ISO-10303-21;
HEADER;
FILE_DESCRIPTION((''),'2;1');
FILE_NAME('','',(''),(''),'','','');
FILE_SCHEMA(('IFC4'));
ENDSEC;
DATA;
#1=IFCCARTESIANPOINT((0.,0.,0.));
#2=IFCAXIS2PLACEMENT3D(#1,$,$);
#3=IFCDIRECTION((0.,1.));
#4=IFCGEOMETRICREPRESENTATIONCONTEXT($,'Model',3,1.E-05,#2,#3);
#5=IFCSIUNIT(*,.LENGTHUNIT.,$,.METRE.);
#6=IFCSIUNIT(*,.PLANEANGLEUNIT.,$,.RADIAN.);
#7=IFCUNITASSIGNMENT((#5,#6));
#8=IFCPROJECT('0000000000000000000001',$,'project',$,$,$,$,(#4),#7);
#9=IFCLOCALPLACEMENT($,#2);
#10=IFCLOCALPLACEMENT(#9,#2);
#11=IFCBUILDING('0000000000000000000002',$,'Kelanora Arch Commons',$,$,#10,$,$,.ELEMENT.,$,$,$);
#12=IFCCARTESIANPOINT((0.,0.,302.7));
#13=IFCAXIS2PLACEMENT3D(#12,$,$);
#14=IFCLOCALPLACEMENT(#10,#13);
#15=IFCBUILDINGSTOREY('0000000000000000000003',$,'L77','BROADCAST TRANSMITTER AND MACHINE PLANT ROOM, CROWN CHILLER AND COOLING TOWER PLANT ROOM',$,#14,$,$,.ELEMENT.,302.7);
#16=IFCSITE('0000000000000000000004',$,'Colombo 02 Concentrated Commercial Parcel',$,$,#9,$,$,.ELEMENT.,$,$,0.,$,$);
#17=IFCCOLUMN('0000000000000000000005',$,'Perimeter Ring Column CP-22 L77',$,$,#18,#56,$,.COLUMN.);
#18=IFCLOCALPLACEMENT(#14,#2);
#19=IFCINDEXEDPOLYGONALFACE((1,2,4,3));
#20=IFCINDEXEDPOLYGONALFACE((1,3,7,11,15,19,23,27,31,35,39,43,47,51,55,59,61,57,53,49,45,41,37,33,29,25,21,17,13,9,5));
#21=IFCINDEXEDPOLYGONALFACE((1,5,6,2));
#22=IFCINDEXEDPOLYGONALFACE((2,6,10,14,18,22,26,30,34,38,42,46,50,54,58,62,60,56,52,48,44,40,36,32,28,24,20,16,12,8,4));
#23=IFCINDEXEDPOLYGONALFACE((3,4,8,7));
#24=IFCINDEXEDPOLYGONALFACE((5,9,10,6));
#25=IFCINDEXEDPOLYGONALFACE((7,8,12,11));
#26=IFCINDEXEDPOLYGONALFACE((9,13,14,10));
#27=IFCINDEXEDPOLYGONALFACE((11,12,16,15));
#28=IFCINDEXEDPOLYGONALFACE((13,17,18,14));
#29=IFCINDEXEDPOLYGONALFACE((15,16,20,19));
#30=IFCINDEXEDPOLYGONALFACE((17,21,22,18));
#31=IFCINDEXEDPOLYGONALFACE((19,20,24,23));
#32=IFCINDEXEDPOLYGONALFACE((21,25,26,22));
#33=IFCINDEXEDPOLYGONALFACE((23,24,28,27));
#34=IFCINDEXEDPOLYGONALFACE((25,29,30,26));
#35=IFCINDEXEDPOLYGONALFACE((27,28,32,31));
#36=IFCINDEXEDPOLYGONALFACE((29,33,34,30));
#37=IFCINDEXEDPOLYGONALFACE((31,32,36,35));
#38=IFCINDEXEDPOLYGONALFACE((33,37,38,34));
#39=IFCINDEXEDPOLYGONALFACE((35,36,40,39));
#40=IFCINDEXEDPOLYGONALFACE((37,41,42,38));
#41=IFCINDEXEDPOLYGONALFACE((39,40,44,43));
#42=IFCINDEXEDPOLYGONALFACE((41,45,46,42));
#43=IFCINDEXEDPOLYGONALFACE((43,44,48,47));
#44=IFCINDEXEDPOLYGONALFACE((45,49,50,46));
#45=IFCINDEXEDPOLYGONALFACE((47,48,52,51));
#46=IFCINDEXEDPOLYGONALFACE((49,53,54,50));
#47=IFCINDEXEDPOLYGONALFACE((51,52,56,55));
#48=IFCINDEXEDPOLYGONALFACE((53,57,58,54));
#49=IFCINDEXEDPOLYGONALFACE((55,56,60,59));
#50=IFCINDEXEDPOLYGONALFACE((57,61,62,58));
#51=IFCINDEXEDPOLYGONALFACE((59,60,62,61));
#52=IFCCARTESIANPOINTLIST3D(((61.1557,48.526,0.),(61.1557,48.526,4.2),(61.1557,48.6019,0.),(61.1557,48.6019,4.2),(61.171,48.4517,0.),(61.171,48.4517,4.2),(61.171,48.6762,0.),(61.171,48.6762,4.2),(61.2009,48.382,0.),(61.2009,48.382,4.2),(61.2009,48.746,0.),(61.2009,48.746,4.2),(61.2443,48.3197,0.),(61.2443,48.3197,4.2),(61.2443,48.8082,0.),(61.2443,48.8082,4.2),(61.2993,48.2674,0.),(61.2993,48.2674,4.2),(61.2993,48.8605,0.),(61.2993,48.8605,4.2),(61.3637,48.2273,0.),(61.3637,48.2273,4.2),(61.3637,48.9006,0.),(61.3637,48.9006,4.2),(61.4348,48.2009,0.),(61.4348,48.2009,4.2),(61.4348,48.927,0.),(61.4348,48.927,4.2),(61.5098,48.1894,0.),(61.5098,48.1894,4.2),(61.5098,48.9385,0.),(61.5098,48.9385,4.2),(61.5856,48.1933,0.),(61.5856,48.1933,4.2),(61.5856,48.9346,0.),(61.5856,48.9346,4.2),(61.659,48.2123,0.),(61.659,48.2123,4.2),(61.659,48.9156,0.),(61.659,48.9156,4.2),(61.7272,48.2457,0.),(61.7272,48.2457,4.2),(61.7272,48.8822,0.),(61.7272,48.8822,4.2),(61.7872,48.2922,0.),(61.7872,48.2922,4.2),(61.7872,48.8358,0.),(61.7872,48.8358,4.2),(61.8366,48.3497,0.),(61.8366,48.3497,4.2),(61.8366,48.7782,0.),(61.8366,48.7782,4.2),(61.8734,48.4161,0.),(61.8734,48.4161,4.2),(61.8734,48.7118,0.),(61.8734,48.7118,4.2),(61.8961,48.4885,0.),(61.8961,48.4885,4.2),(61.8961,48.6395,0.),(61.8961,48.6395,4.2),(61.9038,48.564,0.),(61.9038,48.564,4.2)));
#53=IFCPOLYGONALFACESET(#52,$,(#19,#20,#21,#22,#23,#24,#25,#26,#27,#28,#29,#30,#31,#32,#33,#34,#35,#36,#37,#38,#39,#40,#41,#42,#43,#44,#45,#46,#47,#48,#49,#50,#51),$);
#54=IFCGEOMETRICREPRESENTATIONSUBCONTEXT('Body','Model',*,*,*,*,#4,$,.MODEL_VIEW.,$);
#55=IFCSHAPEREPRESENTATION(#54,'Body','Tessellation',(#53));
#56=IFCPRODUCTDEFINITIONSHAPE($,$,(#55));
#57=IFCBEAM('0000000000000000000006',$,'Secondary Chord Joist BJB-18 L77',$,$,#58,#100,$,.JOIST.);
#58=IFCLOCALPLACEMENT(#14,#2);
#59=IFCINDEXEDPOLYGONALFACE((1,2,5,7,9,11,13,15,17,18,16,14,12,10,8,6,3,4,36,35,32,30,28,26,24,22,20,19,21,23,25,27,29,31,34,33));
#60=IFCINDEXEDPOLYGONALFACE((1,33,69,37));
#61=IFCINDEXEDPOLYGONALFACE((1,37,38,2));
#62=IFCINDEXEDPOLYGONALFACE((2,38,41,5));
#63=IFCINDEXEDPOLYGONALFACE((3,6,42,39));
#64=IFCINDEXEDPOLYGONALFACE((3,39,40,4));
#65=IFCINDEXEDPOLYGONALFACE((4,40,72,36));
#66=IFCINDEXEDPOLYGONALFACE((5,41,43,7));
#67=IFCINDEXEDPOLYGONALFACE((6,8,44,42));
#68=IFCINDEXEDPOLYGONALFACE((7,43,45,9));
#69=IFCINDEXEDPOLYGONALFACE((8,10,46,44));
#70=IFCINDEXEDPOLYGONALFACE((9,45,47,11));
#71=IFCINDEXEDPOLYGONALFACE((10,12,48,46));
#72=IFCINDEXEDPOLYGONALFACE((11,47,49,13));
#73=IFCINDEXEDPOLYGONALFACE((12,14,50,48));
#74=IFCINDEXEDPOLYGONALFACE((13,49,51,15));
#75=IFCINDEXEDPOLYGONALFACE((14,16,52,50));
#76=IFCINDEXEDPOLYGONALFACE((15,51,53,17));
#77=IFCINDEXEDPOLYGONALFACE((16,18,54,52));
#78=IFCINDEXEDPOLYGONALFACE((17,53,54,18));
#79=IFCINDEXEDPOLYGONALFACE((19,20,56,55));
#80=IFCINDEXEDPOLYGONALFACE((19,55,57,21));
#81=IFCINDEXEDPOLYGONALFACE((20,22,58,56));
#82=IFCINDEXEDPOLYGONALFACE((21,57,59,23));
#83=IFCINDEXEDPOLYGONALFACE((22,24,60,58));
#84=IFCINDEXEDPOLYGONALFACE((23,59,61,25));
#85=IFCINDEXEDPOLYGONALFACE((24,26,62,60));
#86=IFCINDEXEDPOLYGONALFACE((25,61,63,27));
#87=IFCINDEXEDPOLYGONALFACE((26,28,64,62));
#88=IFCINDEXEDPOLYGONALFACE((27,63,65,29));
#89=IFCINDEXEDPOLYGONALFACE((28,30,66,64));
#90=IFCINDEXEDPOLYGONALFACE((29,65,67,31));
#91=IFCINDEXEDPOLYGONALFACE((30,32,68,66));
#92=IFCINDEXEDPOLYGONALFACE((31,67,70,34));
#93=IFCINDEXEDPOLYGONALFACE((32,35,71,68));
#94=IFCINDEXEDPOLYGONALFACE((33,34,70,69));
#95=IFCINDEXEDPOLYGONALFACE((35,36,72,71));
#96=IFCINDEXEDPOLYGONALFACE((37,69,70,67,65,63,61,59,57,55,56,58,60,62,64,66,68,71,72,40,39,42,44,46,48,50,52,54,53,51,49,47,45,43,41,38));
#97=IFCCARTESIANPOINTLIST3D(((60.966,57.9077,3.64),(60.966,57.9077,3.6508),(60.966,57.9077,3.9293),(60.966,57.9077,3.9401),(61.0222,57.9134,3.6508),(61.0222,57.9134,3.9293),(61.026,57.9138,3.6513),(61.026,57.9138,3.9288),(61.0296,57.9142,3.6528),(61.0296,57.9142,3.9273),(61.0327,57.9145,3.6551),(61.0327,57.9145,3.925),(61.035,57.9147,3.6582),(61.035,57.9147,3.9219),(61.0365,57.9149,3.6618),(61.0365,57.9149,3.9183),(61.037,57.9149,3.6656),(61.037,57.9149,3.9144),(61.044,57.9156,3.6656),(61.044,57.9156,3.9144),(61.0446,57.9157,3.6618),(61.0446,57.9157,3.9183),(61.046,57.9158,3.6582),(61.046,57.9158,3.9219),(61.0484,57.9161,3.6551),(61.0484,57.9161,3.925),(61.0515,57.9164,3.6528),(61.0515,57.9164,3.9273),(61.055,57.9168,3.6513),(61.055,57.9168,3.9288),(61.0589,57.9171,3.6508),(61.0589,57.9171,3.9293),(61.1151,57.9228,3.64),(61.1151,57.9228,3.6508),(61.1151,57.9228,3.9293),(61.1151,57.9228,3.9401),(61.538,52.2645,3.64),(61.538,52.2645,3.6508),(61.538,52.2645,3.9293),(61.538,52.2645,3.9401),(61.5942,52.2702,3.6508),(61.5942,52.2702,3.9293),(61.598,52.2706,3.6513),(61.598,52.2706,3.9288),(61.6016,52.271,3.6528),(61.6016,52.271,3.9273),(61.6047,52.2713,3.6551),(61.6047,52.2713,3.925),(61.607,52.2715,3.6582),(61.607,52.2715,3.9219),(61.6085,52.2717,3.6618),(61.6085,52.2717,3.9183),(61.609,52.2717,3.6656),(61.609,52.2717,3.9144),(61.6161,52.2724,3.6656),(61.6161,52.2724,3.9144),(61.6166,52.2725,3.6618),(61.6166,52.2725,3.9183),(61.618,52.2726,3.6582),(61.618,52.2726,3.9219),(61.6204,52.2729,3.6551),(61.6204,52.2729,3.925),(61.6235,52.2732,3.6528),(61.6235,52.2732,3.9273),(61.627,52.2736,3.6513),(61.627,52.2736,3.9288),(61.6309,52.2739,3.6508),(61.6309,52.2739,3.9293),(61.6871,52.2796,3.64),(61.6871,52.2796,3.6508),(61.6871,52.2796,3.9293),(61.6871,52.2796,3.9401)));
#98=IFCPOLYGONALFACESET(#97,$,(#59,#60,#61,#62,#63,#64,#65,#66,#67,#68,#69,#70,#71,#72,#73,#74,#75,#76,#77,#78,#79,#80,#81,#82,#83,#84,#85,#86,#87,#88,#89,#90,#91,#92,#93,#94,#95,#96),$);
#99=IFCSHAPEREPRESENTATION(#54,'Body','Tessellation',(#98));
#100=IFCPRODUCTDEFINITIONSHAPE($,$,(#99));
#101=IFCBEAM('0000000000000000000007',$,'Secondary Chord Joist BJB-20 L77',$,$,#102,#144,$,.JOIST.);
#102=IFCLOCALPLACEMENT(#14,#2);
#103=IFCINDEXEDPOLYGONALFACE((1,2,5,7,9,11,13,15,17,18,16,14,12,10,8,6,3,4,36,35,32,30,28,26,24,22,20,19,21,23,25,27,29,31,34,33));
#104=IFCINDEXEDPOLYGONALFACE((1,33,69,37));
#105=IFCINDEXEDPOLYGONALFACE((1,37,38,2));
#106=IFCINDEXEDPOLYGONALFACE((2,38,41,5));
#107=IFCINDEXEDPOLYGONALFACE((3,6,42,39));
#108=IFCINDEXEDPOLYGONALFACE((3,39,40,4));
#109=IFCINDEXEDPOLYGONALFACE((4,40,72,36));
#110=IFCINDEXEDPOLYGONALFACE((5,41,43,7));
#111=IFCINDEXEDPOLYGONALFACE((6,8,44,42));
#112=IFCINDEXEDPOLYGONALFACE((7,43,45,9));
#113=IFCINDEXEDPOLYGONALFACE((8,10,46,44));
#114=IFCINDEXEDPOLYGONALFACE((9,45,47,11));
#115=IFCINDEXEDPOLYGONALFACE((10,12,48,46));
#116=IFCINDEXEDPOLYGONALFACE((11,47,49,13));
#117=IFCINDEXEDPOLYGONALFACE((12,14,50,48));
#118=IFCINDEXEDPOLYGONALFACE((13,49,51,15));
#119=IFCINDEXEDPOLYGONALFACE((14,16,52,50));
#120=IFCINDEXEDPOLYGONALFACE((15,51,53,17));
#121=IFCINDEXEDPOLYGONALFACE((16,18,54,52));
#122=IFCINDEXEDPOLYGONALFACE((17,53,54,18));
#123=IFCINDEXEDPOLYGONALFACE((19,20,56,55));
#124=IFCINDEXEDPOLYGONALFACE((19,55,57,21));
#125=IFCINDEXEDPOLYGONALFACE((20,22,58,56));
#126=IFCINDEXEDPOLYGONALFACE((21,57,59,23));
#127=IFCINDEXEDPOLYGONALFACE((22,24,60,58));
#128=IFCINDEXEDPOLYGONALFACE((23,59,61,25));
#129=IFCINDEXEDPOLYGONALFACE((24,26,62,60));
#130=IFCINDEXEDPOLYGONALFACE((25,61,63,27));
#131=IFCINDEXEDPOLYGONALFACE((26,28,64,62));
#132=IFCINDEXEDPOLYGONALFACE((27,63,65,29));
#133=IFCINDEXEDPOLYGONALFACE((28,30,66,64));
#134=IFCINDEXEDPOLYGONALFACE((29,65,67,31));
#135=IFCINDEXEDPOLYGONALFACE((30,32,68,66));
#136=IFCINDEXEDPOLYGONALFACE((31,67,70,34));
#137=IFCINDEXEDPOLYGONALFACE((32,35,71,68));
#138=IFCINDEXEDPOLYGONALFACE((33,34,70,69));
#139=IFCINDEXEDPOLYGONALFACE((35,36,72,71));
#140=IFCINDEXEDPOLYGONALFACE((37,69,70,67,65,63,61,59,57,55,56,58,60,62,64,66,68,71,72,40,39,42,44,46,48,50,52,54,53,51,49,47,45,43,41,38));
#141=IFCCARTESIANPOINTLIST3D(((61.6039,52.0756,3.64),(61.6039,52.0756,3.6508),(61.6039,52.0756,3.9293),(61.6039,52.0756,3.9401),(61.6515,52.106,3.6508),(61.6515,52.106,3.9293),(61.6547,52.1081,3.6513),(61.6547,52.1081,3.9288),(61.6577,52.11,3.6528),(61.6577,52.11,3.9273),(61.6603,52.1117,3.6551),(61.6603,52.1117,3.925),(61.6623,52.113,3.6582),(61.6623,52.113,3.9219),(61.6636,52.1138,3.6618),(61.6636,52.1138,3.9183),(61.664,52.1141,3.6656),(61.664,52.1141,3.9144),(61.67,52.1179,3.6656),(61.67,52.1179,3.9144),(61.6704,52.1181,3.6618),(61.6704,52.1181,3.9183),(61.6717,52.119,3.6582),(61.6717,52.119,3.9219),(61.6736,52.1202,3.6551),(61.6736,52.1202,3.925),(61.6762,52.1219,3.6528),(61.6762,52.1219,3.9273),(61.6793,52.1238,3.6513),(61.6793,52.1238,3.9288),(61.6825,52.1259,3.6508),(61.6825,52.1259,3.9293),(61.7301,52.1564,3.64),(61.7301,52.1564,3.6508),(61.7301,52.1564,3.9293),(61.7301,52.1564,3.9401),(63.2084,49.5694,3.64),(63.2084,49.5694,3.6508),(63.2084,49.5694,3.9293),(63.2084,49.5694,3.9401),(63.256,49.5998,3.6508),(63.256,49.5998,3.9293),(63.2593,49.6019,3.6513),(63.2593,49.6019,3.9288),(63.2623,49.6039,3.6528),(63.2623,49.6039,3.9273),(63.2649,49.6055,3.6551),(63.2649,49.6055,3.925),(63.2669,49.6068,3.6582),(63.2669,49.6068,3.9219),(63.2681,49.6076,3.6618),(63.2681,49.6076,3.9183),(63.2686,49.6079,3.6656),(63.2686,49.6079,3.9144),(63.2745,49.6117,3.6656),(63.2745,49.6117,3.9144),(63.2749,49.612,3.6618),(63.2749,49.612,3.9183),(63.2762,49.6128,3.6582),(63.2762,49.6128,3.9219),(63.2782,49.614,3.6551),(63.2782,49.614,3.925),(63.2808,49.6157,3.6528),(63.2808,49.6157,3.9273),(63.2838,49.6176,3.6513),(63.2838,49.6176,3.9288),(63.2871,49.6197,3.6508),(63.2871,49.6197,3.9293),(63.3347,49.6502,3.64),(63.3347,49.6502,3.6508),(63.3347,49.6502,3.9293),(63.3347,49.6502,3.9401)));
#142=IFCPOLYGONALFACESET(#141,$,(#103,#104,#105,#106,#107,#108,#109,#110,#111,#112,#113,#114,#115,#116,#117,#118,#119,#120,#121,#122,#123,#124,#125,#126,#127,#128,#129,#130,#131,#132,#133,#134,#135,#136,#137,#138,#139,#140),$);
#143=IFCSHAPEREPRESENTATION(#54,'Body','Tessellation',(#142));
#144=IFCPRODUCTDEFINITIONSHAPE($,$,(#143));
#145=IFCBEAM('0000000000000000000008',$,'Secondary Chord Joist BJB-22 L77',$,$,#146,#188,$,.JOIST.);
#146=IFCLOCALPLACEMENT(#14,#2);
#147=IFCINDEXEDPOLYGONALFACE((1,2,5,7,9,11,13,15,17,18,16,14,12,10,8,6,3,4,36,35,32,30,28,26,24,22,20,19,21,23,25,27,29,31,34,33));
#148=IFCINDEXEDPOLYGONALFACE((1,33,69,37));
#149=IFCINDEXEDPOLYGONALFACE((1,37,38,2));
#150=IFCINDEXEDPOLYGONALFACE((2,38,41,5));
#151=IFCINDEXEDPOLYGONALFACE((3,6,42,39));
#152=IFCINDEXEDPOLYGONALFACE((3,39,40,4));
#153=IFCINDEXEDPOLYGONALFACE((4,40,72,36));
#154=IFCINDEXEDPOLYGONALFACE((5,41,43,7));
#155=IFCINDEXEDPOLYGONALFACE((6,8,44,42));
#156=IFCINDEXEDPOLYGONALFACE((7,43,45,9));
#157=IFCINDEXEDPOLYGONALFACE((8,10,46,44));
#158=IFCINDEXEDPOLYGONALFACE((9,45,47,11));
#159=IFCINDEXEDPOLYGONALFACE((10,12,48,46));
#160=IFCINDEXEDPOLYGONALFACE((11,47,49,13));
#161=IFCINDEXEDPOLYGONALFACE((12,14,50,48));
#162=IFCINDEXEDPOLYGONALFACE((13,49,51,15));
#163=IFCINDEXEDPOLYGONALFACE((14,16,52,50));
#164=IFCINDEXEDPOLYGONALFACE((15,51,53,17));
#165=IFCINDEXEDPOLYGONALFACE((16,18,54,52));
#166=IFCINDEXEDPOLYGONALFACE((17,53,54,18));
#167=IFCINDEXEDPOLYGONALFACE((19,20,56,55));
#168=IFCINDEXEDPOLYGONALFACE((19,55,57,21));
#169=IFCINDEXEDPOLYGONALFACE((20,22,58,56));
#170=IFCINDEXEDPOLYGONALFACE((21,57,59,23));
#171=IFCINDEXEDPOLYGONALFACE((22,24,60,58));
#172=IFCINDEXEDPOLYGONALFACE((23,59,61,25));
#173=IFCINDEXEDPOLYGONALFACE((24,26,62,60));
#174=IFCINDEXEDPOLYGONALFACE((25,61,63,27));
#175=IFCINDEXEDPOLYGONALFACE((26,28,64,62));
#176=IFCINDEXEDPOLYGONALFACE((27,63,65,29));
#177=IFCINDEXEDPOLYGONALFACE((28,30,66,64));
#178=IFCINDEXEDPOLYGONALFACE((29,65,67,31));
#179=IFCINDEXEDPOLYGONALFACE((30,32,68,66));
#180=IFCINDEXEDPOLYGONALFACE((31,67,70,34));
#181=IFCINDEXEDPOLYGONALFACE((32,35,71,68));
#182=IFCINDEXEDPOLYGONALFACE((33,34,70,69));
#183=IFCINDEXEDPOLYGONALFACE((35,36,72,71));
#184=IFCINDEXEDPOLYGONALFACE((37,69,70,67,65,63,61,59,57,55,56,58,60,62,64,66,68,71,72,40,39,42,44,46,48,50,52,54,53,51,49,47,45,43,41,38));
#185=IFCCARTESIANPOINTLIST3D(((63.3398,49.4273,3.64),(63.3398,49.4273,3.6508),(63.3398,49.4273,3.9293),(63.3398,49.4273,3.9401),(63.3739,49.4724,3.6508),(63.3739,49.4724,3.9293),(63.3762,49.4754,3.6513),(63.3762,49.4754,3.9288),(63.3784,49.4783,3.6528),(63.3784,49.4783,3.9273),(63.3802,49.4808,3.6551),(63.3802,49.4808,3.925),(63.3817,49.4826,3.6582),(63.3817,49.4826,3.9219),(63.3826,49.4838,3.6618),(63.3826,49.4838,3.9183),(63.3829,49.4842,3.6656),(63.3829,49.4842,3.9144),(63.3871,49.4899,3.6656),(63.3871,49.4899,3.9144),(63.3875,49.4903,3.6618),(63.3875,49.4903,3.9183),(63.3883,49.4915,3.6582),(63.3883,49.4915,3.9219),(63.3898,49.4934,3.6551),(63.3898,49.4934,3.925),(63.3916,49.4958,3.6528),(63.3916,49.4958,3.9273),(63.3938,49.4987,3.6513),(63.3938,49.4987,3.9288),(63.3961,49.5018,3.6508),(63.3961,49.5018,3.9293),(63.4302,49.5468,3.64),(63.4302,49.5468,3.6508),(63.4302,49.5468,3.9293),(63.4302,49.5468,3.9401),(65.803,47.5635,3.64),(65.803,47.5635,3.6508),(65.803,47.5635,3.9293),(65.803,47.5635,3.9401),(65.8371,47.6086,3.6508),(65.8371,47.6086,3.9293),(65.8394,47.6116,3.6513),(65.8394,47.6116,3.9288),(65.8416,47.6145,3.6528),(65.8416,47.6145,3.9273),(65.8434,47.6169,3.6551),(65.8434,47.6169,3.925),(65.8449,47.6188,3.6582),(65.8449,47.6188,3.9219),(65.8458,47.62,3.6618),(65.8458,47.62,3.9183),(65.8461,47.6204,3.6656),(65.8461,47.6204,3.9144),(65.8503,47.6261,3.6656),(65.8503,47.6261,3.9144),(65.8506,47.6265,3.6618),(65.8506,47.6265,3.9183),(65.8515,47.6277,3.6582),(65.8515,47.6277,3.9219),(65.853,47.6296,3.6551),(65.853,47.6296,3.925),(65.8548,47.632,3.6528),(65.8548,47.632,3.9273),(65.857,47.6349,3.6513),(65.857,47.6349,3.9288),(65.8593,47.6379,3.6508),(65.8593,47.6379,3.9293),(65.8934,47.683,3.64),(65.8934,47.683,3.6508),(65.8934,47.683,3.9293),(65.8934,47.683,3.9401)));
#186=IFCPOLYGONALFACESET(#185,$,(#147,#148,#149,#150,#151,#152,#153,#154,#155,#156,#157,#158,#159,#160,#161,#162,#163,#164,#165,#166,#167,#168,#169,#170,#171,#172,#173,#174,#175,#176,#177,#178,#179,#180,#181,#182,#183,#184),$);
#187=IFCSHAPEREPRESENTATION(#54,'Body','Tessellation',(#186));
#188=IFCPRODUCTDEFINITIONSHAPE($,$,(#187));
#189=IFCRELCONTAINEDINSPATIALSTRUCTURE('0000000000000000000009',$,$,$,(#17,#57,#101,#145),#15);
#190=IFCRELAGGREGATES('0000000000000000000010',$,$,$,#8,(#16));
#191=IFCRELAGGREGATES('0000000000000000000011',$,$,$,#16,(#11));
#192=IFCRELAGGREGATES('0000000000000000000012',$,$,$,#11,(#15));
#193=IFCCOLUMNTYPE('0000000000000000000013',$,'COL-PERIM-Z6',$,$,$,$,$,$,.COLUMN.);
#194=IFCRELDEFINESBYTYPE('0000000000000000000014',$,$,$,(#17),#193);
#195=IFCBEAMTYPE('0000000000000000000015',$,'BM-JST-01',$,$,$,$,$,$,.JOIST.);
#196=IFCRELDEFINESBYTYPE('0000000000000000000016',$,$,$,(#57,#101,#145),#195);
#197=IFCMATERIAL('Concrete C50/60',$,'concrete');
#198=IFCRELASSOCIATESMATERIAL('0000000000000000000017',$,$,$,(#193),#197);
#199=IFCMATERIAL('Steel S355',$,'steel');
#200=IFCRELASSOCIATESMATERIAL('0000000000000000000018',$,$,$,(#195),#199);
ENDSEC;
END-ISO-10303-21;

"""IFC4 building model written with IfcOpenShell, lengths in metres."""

from ifc_helpers import new_model, si_unit, direction, frame, origin, origin_2d, place, context, subcontext, project, spatial, circle, i_section, extrude, material, material_profile, profile_set, type_object, element, save


model = new_model("IFC4")

# Units and contexts
model_context = context("Model", 3, precision=1e-05, world=origin(), true_north=direction((0.0, 1.0)))
body_context = subcontext(model_context, "Body", "Model", "MODEL_VIEW")
ifc_project = project(units=[si_unit("LENGTHUNIT", "METRE"), si_unit("PLANEANGLEUNIT", "RADIAN")], contexts=[model_context])

# Site, building, storey
site_placement = place(None, origin())
site = spatial("IfcSite", under=ifc_project, at=site_placement, Name="Colombo 02 Concentrated Commercial Parcel", CompositionType="ELEMENT", RefElevation=0.0)
building_placement = place(site_placement, origin())
building = spatial("IfcBuilding", under=site, at=building_placement, Name="Kelanora Arch Commons", CompositionType="ELEMENT")
storey_placement = place(building_placement, frame((0.0, 0.0, 302.7)))
storey = spatial("IfcBuildingStorey", under=building, at=storey_placement, Name="L77", Description="BROADCAST TRANSMITTER AND MACHINE PLANT ROOM, CROWN CHILLER AND COOLING TOWER PLANT ROOM", CompositionType="ELEMENT", Elevation=302.7)

# Column
ifc_material_1 = material(Name="Concrete C50/60", Category="concrete")
ifc_material_profile_1 = material_profile(ifc_material_1, circle(Radius=0.375, at=origin_2d()), Name="RCC750")
ifc_profile_set_1 = profile_set([ifc_material_profile_1], Name="Concrete C50/60")
column_type = type_object("IfcColumnType", Name="COL-PERIM-Z6", PredefinedType="COLUMN", material=ifc_profile_set_1)
column_placement = place(storey_placement, frame((61.5288, 48.564, 0.0), z_axis=(0.0, 0.0, 1.0), x_axis=(1.0, 0.0, 0.0)))
element("IfcColumn", 1, at=column_placement, inside=storey, type_object=column_type, Name="Perimeter Ring Column CP-22 L77", PredefinedType="COLUMN", context=body_context, shape_type="SweptSolid", body=[
    extrude(circle(Radius=0.375, at=origin_2d()), origin(), (0.0, 0.0, 1.0), 4.2),
])

# Beams
ifc_material_2 = material(Name="Steel S355", Category="steel")
ifc_material_profile_2 = material_profile(ifc_material_2, i_section(OverallWidth=0.1499, OverallDepth=0.3, WebThickness=0.0071, FlangeThickness=0.0107, FilletRadius=0.0149, at=origin_2d()), Name="IPE300")
ifc_profile_set_2 = profile_set([ifc_material_profile_2], Name="Steel S355")
beam_type_1 = type_object("IfcBeamType", Name="BM-JST-01", PredefinedType="JOIST", material=ifc_profile_set_2)
beam_1_placement = place(storey_placement, frame((61.0405, 57.9153, 3.79), z_axis=(0.100846, -0.994902, 0.0), x_axis=(0.994902, 0.100846, 0.0)))
element("IfcBeam", 2, at=beam_1_placement, inside=storey, type_object=beam_type_1, Name="Secondary Chord Joist BJB-18 L77", PredefinedType="JOIST", context=body_context, shape_type="SweptSolid", body=[
    extrude(i_section(OverallWidth=0.1499, OverallDepth=0.3, WebThickness=0.0071, FlangeThickness=0.0107, FilletRadius=0.0149, at=origin_2d()), origin(), (0.0, 0.0, 1.0), 5.6721),
])
beam_2_placement = place(storey_placement, frame((61.667, 52.116, 3.79), z_axis=(0.539193, -0.842182, 0.0), x_axis=(0.842182, 0.539193, 0.0)))
element("IfcBeam", 3, at=beam_2_placement, inside=storey, type_object=beam_type_1, Name="Secondary Chord Joist BJB-20 L77", PredefinedType="JOIST", context=body_context, shape_type="SweptSolid", body=[
    extrude(i_section(OverallWidth=0.1499, OverallDepth=0.3, WebThickness=0.0071, FlangeThickness=0.0107, FilletRadius=0.0149, at=origin_2d()), origin(), (0.0, 0.0, 1.0), 2.9758),
])
beam_3_placement = place(storey_placement, frame((63.385, 49.4871, 3.79), z_axis=(0.797441, -0.603396, 0.0), x_axis=(0.603396, 0.797441, 0.0)))
element("IfcBeam", 4, at=beam_3_placement, inside=storey, type_object=beam_type_1, Name="Secondary Chord Joist BJB-22 L77", PredefinedType="JOIST", context=body_context, shape_type="SweptSolid", body=[
    extrude(i_section(OverallWidth=0.1499, OverallDepth=0.3, WebThickness=0.0071, FlangeThickness=0.0107, FilletRadius=0.0149, at=origin_2d()), origin(), (0.0, 0.0, 1.0), 3.0889),
])

save(model, "model.ifc")
